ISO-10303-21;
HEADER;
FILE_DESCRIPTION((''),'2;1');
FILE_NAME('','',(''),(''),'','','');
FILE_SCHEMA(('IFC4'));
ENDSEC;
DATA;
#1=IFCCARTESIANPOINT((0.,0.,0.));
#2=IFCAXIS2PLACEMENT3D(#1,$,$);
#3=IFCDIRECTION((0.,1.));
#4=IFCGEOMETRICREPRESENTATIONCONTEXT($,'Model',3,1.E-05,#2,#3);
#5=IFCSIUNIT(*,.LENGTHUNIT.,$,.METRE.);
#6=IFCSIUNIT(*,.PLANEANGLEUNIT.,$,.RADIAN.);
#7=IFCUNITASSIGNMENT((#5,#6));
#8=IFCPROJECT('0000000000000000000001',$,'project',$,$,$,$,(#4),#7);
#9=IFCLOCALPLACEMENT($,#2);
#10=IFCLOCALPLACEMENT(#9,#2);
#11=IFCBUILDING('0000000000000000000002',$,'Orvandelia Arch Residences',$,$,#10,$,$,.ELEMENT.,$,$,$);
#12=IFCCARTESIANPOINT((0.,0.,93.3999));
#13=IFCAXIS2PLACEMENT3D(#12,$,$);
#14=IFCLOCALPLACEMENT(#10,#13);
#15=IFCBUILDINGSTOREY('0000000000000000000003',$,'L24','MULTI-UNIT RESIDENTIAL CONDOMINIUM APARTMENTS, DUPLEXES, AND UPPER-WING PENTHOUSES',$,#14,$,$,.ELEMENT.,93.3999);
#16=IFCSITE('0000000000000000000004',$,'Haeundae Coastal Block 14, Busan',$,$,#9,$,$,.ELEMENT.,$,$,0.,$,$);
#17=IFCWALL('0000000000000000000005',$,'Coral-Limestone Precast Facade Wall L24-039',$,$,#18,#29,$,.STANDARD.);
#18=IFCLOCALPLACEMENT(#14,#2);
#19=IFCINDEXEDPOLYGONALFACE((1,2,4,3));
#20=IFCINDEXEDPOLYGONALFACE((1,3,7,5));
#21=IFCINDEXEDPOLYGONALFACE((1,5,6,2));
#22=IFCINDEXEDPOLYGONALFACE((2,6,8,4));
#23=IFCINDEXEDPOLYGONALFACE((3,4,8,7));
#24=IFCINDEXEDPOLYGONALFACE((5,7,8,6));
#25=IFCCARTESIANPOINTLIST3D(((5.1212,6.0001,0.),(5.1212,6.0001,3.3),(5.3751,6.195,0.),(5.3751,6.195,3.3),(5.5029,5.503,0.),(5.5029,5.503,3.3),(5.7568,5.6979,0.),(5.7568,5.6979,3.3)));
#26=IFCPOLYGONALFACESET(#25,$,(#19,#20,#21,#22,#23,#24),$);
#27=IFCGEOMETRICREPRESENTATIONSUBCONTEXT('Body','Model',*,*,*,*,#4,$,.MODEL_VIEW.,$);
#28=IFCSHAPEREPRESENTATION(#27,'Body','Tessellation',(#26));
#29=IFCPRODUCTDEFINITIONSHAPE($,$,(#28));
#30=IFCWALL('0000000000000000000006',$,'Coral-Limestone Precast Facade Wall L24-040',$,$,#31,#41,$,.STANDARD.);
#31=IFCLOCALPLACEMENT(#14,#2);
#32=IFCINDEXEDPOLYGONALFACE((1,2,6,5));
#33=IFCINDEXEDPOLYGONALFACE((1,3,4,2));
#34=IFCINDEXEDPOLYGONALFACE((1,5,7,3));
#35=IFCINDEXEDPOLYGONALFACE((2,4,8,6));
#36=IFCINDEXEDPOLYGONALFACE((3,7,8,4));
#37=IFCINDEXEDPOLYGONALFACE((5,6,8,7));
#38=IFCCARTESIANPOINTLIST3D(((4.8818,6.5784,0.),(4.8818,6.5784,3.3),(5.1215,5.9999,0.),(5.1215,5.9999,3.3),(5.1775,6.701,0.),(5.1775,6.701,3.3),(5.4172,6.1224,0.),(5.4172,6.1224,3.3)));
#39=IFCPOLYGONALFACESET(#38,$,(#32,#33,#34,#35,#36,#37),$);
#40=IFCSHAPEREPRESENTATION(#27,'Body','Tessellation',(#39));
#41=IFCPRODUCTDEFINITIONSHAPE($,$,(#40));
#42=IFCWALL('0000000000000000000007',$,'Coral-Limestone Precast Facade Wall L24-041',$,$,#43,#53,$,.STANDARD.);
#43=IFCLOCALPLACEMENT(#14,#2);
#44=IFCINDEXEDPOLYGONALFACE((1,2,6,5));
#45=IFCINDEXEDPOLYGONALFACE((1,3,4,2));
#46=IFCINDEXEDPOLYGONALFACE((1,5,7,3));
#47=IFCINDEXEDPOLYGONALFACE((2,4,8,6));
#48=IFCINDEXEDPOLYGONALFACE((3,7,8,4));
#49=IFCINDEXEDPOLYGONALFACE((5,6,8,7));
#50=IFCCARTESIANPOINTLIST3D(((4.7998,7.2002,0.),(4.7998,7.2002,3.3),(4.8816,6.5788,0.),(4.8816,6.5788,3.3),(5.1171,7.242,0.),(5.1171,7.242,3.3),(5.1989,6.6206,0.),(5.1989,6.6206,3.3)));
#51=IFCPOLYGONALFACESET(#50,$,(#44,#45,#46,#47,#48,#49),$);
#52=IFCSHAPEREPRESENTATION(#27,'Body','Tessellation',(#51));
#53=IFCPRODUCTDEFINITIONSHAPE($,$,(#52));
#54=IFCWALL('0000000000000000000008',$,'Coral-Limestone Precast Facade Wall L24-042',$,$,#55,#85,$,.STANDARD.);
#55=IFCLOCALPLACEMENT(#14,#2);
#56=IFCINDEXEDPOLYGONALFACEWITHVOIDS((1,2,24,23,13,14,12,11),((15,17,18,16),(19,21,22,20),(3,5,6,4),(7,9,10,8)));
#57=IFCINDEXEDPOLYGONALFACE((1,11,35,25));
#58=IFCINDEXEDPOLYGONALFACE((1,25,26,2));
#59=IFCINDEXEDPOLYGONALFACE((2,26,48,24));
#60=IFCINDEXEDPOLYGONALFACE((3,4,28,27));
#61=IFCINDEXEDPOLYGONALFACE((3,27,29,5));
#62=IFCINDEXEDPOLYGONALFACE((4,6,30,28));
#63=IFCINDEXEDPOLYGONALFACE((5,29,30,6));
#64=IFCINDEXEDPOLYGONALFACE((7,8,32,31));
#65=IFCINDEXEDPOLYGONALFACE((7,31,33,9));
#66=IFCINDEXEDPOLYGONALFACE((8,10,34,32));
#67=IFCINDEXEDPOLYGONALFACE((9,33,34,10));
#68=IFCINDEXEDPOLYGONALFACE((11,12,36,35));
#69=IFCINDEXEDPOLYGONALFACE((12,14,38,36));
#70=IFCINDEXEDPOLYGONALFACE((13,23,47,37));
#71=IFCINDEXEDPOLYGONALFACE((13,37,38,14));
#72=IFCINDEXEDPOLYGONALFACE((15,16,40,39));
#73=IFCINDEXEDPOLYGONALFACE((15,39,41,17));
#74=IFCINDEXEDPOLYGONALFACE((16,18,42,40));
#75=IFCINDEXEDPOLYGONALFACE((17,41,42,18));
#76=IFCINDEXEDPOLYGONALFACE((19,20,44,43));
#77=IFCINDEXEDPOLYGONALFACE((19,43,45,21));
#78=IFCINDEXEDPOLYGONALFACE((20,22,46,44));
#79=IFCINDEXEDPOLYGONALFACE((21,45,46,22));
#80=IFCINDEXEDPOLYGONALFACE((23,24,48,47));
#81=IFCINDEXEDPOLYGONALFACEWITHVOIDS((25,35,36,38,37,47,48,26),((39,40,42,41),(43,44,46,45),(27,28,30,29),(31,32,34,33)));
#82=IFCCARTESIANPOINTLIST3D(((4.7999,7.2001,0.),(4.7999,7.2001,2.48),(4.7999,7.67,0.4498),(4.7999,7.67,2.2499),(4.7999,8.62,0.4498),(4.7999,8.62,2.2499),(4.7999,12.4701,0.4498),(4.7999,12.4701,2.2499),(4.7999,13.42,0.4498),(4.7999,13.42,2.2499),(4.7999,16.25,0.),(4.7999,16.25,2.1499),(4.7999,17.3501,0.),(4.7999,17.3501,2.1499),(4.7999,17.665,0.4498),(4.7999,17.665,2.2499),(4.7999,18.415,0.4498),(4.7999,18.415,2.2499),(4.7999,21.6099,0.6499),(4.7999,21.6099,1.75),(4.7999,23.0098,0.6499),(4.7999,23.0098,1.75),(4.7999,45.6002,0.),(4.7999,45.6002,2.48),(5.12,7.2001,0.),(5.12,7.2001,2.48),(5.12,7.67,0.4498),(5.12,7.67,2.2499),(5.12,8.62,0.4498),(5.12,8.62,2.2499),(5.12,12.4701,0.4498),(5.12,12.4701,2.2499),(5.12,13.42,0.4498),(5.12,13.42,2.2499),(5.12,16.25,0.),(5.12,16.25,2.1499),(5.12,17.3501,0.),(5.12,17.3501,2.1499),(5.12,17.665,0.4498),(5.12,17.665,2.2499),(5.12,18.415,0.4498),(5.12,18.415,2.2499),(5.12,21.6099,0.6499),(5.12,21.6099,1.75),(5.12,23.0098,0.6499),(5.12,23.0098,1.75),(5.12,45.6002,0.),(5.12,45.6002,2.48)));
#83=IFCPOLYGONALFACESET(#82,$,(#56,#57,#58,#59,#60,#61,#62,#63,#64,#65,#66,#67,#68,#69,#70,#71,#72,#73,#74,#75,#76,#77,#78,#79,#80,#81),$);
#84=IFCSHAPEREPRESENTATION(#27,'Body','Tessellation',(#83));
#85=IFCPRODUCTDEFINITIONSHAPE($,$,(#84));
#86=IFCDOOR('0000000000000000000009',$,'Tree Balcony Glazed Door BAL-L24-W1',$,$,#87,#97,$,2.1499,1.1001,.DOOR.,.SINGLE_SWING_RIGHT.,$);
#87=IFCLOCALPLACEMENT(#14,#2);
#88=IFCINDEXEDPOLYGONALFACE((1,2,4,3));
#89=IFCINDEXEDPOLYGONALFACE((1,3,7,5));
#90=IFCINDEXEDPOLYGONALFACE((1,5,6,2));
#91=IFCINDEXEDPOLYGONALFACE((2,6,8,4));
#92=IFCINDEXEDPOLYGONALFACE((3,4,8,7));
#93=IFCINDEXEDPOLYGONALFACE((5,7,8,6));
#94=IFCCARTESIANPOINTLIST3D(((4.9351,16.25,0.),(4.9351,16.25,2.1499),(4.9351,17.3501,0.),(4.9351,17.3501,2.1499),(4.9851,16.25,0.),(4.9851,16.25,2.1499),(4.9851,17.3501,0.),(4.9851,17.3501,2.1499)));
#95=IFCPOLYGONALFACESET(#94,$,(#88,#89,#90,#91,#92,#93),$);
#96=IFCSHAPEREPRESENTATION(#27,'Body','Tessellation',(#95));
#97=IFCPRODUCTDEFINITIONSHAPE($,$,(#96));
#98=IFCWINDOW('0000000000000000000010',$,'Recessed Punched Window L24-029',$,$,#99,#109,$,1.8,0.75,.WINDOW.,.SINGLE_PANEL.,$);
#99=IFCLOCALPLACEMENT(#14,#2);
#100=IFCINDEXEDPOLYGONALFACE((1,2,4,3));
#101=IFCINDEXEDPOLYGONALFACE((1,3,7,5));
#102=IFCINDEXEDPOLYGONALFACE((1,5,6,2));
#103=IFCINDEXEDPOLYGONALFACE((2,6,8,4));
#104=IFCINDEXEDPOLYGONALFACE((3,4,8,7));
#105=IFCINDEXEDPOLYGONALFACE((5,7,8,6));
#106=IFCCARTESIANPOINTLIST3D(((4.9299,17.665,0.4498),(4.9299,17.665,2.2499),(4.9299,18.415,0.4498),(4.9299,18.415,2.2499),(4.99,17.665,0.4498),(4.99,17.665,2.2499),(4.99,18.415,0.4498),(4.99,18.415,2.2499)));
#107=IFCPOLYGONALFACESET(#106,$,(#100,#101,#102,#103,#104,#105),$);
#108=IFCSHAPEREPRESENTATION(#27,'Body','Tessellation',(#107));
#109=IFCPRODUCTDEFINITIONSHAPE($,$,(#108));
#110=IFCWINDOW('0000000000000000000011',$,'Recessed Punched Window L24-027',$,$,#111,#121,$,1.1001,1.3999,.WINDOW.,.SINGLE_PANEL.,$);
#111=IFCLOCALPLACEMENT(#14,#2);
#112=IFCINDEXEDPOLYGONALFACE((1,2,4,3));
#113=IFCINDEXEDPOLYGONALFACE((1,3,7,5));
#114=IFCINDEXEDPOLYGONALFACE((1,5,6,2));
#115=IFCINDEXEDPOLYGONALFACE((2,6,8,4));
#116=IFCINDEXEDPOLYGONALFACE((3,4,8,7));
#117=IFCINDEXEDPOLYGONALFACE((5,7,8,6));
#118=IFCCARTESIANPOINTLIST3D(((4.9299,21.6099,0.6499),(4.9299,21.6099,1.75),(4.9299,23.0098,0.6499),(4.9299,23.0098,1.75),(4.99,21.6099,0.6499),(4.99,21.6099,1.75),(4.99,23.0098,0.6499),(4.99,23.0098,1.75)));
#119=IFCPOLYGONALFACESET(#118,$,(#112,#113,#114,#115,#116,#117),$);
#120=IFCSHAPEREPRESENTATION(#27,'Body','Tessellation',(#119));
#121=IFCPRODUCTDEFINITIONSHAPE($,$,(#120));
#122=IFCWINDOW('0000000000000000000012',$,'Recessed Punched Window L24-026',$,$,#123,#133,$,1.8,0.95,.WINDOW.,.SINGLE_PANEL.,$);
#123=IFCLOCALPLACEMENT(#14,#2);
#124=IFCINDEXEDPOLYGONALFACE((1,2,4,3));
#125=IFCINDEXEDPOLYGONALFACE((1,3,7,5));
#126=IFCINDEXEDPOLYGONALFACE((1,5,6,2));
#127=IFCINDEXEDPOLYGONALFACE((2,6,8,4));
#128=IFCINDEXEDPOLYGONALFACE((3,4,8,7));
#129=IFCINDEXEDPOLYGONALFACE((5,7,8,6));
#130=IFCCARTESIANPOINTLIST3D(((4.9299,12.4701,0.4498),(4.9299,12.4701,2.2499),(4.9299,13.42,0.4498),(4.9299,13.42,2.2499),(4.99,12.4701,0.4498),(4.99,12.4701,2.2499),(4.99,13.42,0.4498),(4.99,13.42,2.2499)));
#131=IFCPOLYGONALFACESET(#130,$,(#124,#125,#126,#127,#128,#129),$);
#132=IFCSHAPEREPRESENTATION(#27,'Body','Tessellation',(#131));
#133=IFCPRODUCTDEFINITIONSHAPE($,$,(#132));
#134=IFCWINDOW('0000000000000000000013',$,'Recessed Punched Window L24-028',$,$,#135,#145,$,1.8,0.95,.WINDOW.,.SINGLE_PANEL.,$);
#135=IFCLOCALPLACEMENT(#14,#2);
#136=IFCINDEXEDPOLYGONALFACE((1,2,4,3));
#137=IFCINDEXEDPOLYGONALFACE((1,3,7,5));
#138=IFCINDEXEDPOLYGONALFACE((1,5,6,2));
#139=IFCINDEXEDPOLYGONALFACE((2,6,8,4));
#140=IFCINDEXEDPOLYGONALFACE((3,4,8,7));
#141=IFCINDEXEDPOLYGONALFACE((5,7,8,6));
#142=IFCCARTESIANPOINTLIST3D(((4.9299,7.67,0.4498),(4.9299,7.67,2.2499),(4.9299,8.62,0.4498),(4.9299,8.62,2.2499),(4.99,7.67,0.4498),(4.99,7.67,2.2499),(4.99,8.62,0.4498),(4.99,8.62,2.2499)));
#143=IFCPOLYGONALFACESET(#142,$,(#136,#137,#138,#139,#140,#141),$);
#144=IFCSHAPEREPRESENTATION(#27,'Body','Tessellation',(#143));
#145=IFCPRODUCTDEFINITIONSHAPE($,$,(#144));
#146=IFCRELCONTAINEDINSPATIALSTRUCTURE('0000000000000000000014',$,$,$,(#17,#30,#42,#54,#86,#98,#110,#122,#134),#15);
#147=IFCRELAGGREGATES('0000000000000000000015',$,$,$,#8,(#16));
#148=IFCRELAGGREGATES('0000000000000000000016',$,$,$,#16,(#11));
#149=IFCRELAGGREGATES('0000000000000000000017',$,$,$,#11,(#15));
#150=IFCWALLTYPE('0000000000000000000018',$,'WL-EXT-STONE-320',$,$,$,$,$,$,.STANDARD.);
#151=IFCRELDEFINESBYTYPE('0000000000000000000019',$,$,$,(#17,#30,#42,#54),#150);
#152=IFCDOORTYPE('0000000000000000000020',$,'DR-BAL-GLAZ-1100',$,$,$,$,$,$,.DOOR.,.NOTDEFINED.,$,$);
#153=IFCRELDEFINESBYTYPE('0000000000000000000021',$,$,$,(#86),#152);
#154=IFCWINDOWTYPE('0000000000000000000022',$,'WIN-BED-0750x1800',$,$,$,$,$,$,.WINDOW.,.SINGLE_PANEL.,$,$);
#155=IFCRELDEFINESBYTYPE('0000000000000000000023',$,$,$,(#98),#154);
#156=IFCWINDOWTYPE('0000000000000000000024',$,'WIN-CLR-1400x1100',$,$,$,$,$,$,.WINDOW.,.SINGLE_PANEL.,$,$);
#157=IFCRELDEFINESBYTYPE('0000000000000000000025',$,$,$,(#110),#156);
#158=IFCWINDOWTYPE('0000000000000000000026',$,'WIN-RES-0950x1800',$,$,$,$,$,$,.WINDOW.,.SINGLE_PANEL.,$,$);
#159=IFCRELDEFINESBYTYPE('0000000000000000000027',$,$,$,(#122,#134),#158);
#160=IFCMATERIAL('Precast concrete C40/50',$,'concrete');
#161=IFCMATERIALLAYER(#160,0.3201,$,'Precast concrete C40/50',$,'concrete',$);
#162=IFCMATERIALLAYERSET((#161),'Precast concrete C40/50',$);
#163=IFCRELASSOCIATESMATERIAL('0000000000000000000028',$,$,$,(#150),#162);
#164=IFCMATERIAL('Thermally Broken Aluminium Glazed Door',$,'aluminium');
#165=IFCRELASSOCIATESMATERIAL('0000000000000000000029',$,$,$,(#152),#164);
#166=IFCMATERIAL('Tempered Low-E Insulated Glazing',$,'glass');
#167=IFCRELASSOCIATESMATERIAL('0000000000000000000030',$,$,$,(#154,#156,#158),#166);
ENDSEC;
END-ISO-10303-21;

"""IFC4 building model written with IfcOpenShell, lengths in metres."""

from ifc_helpers import new_model, si_unit, direction, frame, frame_2d, origin, place, context, subcontext, project, spatial, rectangle, extrude, material, layer, layer_set, type_object, element, fill, save


model = new_model("IFC4")

# Units and contexts
model_context = context("Model", 3, precision=1e-05, world=origin(), true_north=direction((0.0, 1.0)))
body_context = subcontext(model_context, "Body", "Model", "MODEL_VIEW")
ifc_project = project(units=[si_unit("LENGTHUNIT", "METRE"), si_unit("PLANEANGLEUNIT", "RADIAN")], contexts=[model_context])

# Site, building, storey
site_placement = place(None, origin())
site = spatial("IfcSite", under=ifc_project, at=site_placement, Name="Haeundae Coastal Block 14, Busan", CompositionType="ELEMENT", RefElevation=0.0)
building_placement = place(site_placement, origin())
building = spatial("IfcBuilding", under=site, at=building_placement, Name="Orvandelia Arch Residences", CompositionType="ELEMENT")
storey_placement = place(building_placement, frame((0.0, 0.0, 93.3999)))
storey = spatial("IfcBuildingStorey", under=building, at=storey_placement, Name="L24", Description="MULTI-UNIT RESIDENTIAL CONDOMINIUM APARTMENTS, DUPLEXES, AND UPPER-WING PENTHOUSES", CompositionType="ELEMENT", Elevation=93.3999)

# Shared definitions
ifc_material_1 = material(Name="Precast concrete C40/50", Category="concrete")

# Walls
ifc_layer_1 = layer(ifc_material_1, 0.3201, Name="Precast concrete C40/50", Category="concrete")
ifc_layer_set_1 = layer_set([ifc_layer_1], Name="Precast concrete C40/50")
wall_type_1 = type_object("IfcWallType", Name="WL-EXT-STONE-320", PredefinedType="STANDARD", material=ifc_layer_set_1)
for number, where, z_axis, x_axis, name in (
    (1, (5.6299, 5.6003, 0.0), (0.0, 0.0, 1.0), (-0.608939, 0.793217, 0.0), "Coral-Limestone Precast Facade Wall L24-039"),
):
    element("IfcWall", number, at=place(storey_placement, frame(where, z_axis=z_axis, x_axis=x_axis)), inside=storey, type_object=wall_type_1, Name=name, PredefinedType="STANDARD", context=body_context, shape_type="SweptSolid", body=[
        extrude(rectangle(XDim=0.6267, YDim=0.3201, at=frame_2d((0.3135, 0.0))), origin(), (0.0, 0.0, 1.0), 3.3),
    ])
wall_1_placement = place(storey_placement, frame((5.2693, 6.0613, 0.0), z_axis=(0.0, 0.0, 1.0), x_axis=(-0.382788, 0.923836, 0.0)))
element("IfcWall", 2, at=wall_1_placement, inside=storey, type_object=wall_type_1, Name="Coral-Limestone Precast Facade Wall L24-040", PredefinedType="STANDARD", context=body_context, shape_type="SweptSolid", body=[
    extrude(rectangle(XDim=0.6262, YDim=0.3201, at=frame_2d((0.313, 0.0))), origin(), (0.0, 0.0, 1.0), 3.3),
])
wall_2_placement = place(storey_placement, frame((5.0403, 6.5996, 0.0), z_axis=(0.0, 0.0, 1.0), x_axis=(-0.130505, 0.991448, 0.0)))
element("IfcWall", 3, at=wall_2_placement, inside=storey, type_object=wall_type_1, Name="Coral-Limestone Precast Facade Wall L24-041", PredefinedType="STANDARD", context=body_context, shape_type="SweptSolid", body=[
    extrude(rectangle(XDim=0.6267, YDim=0.3201, at=frame_2d((0.3135, 0.0))), origin(), (0.0, 0.0, 1.0), 3.3),
])

# Wall, openings, door, windows
wall_3_placement = place(storey_placement, frame((4.96, 7.2, 0.0), z_axis=(0.0, 0.0, 1.0), x_axis=(0.0, 1.0, 0.0)))
wall_3 = element("IfcWall", 4, at=wall_3_placement, inside=storey, type_object=wall_type_1, Name="Coral-Limestone Precast Facade Wall L24-042", PredefinedType="STANDARD", context=body_context, shape_type="SweptSolid", body=[
    extrude(rectangle(XDim=38.4001, YDim=0.3201, at=frame_2d((19.2002, 0.0))), origin(), (0.0, 0.0, 1.0), 2.48),
])
opening_1_placement = place(wall_3_placement, frame((9.05, 0.0, 0.0)))
opening_1 = element("IfcOpeningElement", 5, at=opening_1_placement, cuts=wall_3, PredefinedType="OPENING", context=body_context, shape_type="SweptSolid", body=[
    extrude(rectangle(XDim=1.1001, YDim=2.1499, at=frame_2d((0.55, 1.075))), frame((0.0, 0.1699, 0.0), z_axis=(0.0, -1.0, 0.0), x_axis=(1.0, 0.0, 0.0)), (0.0, 0.0, 1.0), 0.3401),
])
opening_2_placement = place(wall_3_placement, frame((5.27, 0.0, 0.45)))
opening_2 = element("IfcOpeningElement", 6, at=opening_2_placement, cuts=wall_3, PredefinedType="OPENING", context=body_context, shape_type="SweptSolid", body=[
    extrude(rectangle(XDim=0.95, YDim=1.8, at=frame_2d((0.4751, 0.8999))), frame((0.0, 0.1699, 0.0), z_axis=(0.0, -1.0, 0.0), x_axis=(1.0, 0.0, 0.0)), (0.0, 0.0, 1.0), 0.3401),
])
opening_3_placement = place(wall_3_placement, frame((14.4099, 0.0, 0.6499)))
opening_3 = element("IfcOpeningElement", 7, at=opening_3_placement, cuts=wall_3, PredefinedType="OPENING", context=body_context, shape_type="SweptSolid", body=[
    extrude(rectangle(XDim=1.3999, YDim=1.1001, at=frame_2d((0.7, 0.55))), frame((0.0, 0.1699, 0.0), z_axis=(0.0, -1.0, 0.0), x_axis=(1.0, 0.0, 0.0)), (0.0, 0.0, 1.0), 0.3401),
])
opening_4_placement = place(wall_3_placement, frame((0.47, 0.0, 0.45)))
opening_4 = element("IfcOpeningElement", 8, at=opening_4_placement, cuts=wall_3, PredefinedType="OPENING", context=body_context, shape_type="SweptSolid", body=[
    extrude(rectangle(XDim=0.95, YDim=1.8, at=frame_2d((0.4751, 0.8999))), frame((0.0, 0.1699, 0.0), z_axis=(0.0, -1.0, 0.0), x_axis=(1.0, 0.0, 0.0)), (0.0, 0.0, 1.0), 0.3401),
])
opening_5_placement = place(wall_3_placement, frame((10.4651, 0.0, 0.45)))
opening_5 = element("IfcOpeningElement", 9, at=opening_5_placement, cuts=wall_3, PredefinedType="OPENING", context=body_context, shape_type="SweptSolid", body=[
    extrude(rectangle(XDim=0.75, YDim=1.8, at=frame_2d((0.375, 0.8999))), frame((0.0, 0.1699, 0.0), z_axis=(0.0, -1.0, 0.0), x_axis=(1.0, 0.0, 0.0)), (0.0, 0.0, 1.0), 0.3401),
])
ifc_material_2 = material(Name="Thermally Broken Aluminium Glazed Door", Category="aluminium")
door_type_1 = type_object("IfcDoorType", Name="DR-BAL-GLAZ-1100", OperationType="NOTDEFINED", PredefinedType="DOOR", material=ifc_material_2)
door_1_placement = place(opening_1_placement, origin())
door_1 = element("IfcDoor", 10, at=door_1_placement, inside=storey, type_object=door_type_1, Name="Tree Balcony Glazed Door BAL-L24-W1", OperationType="SINGLE_SWING_RIGHT", OverallHeight=2.1499, OverallWidth=1.1001, PredefinedType="DOOR", context=body_context, shape_type="SweptSolid", body=[
    extrude(rectangle(XDim=1.1001, YDim=2.1499, at=frame_2d((0.55, 1.075))), frame((0.0, 0.0249, 0.0), z_axis=(0.0, -1.0, 0.0), x_axis=(1.0, 0.0, 0.0)), (0.0, 0.0, 1.0), 0.05),
])
fill(opening_1, door_1)
ifc_material_3 = material(Name="Tempered Low-E Insulated Glazing", Category="glass")
window_type_1 = type_object("IfcWindowType", Name="WIN-BED-0750x1800", PartitioningType="SINGLE_PANEL", PredefinedType="WINDOW", material=ifc_material_3)
window_1_placement = place(opening_5_placement, origin())
window_1 = element("IfcWindow", 11, at=window_1_placement, inside=storey, type_object=window_type_1, Name="Recessed Punched Window L24-029", OverallHeight=1.8, OverallWidth=0.75, PartitioningType="SINGLE_PANEL", PredefinedType="WINDOW", context=body_context, shape_type="SweptSolid", body=[
    extrude(rectangle(XDim=0.75, YDim=1.8, at=frame_2d((0.375, 0.8999))), frame((0.0, 0.03, 0.0), z_axis=(0.0, -1.0, 0.0), x_axis=(1.0, 0.0, 0.0)), (0.0, 0.0, 1.0), 0.0601),
])
fill(opening_5, window_1)
window_type_2 = type_object("IfcWindowType", Name="WIN-CLR-1400x1100", PartitioningType="SINGLE_PANEL", PredefinedType="WINDOW", material=ifc_material_3)
window_2_placement = place(opening_3_placement, origin())
window_2 = element("IfcWindow", 12, at=window_2_placement, inside=storey, type_object=window_type_2, Name="Recessed Punched Window L24-027", OverallHeight=1.1001, OverallWidth=1.3999, PartitioningType="SINGLE_PANEL", PredefinedType="WINDOW", context=body_context, shape_type="SweptSolid", body=[
    extrude(rectangle(XDim=1.3999, YDim=1.1001, at=frame_2d((0.7, 0.55))), frame((0.0, 0.03, 0.0), z_axis=(0.0, -1.0, 0.0), x_axis=(1.0, 0.0, 0.0)), (0.0, 0.0, 1.0), 0.0601),
])
fill(opening_3, window_2)
window_type_3 = type_object("IfcWindowType", Name="WIN-RES-0950x1800", PartitioningType="SINGLE_PANEL", PredefinedType="WINDOW", material=ifc_material_3)
window_3_placement = place(opening_2_placement, origin())
window_3 = element("IfcWindow", 13, at=window_3_placement, inside=storey, type_object=window_type_3, Name="Recessed Punched Window L24-026", OverallHeight=1.8, OverallWidth=0.95, PartitioningType="SINGLE_PANEL", PredefinedType="WINDOW", context=body_context, shape_type="SweptSolid", body=[
    extrude(rectangle(XDim=0.95, YDim=1.8, at=frame_2d((0.4751, 0.8999))), frame((0.0, 0.03, 0.0), z_axis=(0.0, -1.0, 0.0), x_axis=(1.0, 0.0, 0.0)), (0.0, 0.0, 1.0), 0.0601),
])
fill(opening_2, window_3)
window_4_placement = place(opening_4_placement, origin())
window_4 = element("IfcWindow", 14, at=window_4_placement, inside=storey, type_object=window_type_3, Name="Recessed Punched Window L24-028", OverallHeight=1.8, OverallWidth=0.95, PartitioningType="SINGLE_PANEL", PredefinedType="WINDOW", context=body_context, shape_type="SweptSolid", body=[
    extrude(rectangle(XDim=0.95, YDim=1.8, at=frame_2d((0.4751, 0.8999))), frame((0.0, 0.03, 0.0), z_axis=(0.0, -1.0, 0.0), x_axis=(1.0, 0.0, 0.0)), (0.0, 0.0, 1.0), 0.0601),
])
fill(opening_4, window_4)

save(model, "model.ifc")
